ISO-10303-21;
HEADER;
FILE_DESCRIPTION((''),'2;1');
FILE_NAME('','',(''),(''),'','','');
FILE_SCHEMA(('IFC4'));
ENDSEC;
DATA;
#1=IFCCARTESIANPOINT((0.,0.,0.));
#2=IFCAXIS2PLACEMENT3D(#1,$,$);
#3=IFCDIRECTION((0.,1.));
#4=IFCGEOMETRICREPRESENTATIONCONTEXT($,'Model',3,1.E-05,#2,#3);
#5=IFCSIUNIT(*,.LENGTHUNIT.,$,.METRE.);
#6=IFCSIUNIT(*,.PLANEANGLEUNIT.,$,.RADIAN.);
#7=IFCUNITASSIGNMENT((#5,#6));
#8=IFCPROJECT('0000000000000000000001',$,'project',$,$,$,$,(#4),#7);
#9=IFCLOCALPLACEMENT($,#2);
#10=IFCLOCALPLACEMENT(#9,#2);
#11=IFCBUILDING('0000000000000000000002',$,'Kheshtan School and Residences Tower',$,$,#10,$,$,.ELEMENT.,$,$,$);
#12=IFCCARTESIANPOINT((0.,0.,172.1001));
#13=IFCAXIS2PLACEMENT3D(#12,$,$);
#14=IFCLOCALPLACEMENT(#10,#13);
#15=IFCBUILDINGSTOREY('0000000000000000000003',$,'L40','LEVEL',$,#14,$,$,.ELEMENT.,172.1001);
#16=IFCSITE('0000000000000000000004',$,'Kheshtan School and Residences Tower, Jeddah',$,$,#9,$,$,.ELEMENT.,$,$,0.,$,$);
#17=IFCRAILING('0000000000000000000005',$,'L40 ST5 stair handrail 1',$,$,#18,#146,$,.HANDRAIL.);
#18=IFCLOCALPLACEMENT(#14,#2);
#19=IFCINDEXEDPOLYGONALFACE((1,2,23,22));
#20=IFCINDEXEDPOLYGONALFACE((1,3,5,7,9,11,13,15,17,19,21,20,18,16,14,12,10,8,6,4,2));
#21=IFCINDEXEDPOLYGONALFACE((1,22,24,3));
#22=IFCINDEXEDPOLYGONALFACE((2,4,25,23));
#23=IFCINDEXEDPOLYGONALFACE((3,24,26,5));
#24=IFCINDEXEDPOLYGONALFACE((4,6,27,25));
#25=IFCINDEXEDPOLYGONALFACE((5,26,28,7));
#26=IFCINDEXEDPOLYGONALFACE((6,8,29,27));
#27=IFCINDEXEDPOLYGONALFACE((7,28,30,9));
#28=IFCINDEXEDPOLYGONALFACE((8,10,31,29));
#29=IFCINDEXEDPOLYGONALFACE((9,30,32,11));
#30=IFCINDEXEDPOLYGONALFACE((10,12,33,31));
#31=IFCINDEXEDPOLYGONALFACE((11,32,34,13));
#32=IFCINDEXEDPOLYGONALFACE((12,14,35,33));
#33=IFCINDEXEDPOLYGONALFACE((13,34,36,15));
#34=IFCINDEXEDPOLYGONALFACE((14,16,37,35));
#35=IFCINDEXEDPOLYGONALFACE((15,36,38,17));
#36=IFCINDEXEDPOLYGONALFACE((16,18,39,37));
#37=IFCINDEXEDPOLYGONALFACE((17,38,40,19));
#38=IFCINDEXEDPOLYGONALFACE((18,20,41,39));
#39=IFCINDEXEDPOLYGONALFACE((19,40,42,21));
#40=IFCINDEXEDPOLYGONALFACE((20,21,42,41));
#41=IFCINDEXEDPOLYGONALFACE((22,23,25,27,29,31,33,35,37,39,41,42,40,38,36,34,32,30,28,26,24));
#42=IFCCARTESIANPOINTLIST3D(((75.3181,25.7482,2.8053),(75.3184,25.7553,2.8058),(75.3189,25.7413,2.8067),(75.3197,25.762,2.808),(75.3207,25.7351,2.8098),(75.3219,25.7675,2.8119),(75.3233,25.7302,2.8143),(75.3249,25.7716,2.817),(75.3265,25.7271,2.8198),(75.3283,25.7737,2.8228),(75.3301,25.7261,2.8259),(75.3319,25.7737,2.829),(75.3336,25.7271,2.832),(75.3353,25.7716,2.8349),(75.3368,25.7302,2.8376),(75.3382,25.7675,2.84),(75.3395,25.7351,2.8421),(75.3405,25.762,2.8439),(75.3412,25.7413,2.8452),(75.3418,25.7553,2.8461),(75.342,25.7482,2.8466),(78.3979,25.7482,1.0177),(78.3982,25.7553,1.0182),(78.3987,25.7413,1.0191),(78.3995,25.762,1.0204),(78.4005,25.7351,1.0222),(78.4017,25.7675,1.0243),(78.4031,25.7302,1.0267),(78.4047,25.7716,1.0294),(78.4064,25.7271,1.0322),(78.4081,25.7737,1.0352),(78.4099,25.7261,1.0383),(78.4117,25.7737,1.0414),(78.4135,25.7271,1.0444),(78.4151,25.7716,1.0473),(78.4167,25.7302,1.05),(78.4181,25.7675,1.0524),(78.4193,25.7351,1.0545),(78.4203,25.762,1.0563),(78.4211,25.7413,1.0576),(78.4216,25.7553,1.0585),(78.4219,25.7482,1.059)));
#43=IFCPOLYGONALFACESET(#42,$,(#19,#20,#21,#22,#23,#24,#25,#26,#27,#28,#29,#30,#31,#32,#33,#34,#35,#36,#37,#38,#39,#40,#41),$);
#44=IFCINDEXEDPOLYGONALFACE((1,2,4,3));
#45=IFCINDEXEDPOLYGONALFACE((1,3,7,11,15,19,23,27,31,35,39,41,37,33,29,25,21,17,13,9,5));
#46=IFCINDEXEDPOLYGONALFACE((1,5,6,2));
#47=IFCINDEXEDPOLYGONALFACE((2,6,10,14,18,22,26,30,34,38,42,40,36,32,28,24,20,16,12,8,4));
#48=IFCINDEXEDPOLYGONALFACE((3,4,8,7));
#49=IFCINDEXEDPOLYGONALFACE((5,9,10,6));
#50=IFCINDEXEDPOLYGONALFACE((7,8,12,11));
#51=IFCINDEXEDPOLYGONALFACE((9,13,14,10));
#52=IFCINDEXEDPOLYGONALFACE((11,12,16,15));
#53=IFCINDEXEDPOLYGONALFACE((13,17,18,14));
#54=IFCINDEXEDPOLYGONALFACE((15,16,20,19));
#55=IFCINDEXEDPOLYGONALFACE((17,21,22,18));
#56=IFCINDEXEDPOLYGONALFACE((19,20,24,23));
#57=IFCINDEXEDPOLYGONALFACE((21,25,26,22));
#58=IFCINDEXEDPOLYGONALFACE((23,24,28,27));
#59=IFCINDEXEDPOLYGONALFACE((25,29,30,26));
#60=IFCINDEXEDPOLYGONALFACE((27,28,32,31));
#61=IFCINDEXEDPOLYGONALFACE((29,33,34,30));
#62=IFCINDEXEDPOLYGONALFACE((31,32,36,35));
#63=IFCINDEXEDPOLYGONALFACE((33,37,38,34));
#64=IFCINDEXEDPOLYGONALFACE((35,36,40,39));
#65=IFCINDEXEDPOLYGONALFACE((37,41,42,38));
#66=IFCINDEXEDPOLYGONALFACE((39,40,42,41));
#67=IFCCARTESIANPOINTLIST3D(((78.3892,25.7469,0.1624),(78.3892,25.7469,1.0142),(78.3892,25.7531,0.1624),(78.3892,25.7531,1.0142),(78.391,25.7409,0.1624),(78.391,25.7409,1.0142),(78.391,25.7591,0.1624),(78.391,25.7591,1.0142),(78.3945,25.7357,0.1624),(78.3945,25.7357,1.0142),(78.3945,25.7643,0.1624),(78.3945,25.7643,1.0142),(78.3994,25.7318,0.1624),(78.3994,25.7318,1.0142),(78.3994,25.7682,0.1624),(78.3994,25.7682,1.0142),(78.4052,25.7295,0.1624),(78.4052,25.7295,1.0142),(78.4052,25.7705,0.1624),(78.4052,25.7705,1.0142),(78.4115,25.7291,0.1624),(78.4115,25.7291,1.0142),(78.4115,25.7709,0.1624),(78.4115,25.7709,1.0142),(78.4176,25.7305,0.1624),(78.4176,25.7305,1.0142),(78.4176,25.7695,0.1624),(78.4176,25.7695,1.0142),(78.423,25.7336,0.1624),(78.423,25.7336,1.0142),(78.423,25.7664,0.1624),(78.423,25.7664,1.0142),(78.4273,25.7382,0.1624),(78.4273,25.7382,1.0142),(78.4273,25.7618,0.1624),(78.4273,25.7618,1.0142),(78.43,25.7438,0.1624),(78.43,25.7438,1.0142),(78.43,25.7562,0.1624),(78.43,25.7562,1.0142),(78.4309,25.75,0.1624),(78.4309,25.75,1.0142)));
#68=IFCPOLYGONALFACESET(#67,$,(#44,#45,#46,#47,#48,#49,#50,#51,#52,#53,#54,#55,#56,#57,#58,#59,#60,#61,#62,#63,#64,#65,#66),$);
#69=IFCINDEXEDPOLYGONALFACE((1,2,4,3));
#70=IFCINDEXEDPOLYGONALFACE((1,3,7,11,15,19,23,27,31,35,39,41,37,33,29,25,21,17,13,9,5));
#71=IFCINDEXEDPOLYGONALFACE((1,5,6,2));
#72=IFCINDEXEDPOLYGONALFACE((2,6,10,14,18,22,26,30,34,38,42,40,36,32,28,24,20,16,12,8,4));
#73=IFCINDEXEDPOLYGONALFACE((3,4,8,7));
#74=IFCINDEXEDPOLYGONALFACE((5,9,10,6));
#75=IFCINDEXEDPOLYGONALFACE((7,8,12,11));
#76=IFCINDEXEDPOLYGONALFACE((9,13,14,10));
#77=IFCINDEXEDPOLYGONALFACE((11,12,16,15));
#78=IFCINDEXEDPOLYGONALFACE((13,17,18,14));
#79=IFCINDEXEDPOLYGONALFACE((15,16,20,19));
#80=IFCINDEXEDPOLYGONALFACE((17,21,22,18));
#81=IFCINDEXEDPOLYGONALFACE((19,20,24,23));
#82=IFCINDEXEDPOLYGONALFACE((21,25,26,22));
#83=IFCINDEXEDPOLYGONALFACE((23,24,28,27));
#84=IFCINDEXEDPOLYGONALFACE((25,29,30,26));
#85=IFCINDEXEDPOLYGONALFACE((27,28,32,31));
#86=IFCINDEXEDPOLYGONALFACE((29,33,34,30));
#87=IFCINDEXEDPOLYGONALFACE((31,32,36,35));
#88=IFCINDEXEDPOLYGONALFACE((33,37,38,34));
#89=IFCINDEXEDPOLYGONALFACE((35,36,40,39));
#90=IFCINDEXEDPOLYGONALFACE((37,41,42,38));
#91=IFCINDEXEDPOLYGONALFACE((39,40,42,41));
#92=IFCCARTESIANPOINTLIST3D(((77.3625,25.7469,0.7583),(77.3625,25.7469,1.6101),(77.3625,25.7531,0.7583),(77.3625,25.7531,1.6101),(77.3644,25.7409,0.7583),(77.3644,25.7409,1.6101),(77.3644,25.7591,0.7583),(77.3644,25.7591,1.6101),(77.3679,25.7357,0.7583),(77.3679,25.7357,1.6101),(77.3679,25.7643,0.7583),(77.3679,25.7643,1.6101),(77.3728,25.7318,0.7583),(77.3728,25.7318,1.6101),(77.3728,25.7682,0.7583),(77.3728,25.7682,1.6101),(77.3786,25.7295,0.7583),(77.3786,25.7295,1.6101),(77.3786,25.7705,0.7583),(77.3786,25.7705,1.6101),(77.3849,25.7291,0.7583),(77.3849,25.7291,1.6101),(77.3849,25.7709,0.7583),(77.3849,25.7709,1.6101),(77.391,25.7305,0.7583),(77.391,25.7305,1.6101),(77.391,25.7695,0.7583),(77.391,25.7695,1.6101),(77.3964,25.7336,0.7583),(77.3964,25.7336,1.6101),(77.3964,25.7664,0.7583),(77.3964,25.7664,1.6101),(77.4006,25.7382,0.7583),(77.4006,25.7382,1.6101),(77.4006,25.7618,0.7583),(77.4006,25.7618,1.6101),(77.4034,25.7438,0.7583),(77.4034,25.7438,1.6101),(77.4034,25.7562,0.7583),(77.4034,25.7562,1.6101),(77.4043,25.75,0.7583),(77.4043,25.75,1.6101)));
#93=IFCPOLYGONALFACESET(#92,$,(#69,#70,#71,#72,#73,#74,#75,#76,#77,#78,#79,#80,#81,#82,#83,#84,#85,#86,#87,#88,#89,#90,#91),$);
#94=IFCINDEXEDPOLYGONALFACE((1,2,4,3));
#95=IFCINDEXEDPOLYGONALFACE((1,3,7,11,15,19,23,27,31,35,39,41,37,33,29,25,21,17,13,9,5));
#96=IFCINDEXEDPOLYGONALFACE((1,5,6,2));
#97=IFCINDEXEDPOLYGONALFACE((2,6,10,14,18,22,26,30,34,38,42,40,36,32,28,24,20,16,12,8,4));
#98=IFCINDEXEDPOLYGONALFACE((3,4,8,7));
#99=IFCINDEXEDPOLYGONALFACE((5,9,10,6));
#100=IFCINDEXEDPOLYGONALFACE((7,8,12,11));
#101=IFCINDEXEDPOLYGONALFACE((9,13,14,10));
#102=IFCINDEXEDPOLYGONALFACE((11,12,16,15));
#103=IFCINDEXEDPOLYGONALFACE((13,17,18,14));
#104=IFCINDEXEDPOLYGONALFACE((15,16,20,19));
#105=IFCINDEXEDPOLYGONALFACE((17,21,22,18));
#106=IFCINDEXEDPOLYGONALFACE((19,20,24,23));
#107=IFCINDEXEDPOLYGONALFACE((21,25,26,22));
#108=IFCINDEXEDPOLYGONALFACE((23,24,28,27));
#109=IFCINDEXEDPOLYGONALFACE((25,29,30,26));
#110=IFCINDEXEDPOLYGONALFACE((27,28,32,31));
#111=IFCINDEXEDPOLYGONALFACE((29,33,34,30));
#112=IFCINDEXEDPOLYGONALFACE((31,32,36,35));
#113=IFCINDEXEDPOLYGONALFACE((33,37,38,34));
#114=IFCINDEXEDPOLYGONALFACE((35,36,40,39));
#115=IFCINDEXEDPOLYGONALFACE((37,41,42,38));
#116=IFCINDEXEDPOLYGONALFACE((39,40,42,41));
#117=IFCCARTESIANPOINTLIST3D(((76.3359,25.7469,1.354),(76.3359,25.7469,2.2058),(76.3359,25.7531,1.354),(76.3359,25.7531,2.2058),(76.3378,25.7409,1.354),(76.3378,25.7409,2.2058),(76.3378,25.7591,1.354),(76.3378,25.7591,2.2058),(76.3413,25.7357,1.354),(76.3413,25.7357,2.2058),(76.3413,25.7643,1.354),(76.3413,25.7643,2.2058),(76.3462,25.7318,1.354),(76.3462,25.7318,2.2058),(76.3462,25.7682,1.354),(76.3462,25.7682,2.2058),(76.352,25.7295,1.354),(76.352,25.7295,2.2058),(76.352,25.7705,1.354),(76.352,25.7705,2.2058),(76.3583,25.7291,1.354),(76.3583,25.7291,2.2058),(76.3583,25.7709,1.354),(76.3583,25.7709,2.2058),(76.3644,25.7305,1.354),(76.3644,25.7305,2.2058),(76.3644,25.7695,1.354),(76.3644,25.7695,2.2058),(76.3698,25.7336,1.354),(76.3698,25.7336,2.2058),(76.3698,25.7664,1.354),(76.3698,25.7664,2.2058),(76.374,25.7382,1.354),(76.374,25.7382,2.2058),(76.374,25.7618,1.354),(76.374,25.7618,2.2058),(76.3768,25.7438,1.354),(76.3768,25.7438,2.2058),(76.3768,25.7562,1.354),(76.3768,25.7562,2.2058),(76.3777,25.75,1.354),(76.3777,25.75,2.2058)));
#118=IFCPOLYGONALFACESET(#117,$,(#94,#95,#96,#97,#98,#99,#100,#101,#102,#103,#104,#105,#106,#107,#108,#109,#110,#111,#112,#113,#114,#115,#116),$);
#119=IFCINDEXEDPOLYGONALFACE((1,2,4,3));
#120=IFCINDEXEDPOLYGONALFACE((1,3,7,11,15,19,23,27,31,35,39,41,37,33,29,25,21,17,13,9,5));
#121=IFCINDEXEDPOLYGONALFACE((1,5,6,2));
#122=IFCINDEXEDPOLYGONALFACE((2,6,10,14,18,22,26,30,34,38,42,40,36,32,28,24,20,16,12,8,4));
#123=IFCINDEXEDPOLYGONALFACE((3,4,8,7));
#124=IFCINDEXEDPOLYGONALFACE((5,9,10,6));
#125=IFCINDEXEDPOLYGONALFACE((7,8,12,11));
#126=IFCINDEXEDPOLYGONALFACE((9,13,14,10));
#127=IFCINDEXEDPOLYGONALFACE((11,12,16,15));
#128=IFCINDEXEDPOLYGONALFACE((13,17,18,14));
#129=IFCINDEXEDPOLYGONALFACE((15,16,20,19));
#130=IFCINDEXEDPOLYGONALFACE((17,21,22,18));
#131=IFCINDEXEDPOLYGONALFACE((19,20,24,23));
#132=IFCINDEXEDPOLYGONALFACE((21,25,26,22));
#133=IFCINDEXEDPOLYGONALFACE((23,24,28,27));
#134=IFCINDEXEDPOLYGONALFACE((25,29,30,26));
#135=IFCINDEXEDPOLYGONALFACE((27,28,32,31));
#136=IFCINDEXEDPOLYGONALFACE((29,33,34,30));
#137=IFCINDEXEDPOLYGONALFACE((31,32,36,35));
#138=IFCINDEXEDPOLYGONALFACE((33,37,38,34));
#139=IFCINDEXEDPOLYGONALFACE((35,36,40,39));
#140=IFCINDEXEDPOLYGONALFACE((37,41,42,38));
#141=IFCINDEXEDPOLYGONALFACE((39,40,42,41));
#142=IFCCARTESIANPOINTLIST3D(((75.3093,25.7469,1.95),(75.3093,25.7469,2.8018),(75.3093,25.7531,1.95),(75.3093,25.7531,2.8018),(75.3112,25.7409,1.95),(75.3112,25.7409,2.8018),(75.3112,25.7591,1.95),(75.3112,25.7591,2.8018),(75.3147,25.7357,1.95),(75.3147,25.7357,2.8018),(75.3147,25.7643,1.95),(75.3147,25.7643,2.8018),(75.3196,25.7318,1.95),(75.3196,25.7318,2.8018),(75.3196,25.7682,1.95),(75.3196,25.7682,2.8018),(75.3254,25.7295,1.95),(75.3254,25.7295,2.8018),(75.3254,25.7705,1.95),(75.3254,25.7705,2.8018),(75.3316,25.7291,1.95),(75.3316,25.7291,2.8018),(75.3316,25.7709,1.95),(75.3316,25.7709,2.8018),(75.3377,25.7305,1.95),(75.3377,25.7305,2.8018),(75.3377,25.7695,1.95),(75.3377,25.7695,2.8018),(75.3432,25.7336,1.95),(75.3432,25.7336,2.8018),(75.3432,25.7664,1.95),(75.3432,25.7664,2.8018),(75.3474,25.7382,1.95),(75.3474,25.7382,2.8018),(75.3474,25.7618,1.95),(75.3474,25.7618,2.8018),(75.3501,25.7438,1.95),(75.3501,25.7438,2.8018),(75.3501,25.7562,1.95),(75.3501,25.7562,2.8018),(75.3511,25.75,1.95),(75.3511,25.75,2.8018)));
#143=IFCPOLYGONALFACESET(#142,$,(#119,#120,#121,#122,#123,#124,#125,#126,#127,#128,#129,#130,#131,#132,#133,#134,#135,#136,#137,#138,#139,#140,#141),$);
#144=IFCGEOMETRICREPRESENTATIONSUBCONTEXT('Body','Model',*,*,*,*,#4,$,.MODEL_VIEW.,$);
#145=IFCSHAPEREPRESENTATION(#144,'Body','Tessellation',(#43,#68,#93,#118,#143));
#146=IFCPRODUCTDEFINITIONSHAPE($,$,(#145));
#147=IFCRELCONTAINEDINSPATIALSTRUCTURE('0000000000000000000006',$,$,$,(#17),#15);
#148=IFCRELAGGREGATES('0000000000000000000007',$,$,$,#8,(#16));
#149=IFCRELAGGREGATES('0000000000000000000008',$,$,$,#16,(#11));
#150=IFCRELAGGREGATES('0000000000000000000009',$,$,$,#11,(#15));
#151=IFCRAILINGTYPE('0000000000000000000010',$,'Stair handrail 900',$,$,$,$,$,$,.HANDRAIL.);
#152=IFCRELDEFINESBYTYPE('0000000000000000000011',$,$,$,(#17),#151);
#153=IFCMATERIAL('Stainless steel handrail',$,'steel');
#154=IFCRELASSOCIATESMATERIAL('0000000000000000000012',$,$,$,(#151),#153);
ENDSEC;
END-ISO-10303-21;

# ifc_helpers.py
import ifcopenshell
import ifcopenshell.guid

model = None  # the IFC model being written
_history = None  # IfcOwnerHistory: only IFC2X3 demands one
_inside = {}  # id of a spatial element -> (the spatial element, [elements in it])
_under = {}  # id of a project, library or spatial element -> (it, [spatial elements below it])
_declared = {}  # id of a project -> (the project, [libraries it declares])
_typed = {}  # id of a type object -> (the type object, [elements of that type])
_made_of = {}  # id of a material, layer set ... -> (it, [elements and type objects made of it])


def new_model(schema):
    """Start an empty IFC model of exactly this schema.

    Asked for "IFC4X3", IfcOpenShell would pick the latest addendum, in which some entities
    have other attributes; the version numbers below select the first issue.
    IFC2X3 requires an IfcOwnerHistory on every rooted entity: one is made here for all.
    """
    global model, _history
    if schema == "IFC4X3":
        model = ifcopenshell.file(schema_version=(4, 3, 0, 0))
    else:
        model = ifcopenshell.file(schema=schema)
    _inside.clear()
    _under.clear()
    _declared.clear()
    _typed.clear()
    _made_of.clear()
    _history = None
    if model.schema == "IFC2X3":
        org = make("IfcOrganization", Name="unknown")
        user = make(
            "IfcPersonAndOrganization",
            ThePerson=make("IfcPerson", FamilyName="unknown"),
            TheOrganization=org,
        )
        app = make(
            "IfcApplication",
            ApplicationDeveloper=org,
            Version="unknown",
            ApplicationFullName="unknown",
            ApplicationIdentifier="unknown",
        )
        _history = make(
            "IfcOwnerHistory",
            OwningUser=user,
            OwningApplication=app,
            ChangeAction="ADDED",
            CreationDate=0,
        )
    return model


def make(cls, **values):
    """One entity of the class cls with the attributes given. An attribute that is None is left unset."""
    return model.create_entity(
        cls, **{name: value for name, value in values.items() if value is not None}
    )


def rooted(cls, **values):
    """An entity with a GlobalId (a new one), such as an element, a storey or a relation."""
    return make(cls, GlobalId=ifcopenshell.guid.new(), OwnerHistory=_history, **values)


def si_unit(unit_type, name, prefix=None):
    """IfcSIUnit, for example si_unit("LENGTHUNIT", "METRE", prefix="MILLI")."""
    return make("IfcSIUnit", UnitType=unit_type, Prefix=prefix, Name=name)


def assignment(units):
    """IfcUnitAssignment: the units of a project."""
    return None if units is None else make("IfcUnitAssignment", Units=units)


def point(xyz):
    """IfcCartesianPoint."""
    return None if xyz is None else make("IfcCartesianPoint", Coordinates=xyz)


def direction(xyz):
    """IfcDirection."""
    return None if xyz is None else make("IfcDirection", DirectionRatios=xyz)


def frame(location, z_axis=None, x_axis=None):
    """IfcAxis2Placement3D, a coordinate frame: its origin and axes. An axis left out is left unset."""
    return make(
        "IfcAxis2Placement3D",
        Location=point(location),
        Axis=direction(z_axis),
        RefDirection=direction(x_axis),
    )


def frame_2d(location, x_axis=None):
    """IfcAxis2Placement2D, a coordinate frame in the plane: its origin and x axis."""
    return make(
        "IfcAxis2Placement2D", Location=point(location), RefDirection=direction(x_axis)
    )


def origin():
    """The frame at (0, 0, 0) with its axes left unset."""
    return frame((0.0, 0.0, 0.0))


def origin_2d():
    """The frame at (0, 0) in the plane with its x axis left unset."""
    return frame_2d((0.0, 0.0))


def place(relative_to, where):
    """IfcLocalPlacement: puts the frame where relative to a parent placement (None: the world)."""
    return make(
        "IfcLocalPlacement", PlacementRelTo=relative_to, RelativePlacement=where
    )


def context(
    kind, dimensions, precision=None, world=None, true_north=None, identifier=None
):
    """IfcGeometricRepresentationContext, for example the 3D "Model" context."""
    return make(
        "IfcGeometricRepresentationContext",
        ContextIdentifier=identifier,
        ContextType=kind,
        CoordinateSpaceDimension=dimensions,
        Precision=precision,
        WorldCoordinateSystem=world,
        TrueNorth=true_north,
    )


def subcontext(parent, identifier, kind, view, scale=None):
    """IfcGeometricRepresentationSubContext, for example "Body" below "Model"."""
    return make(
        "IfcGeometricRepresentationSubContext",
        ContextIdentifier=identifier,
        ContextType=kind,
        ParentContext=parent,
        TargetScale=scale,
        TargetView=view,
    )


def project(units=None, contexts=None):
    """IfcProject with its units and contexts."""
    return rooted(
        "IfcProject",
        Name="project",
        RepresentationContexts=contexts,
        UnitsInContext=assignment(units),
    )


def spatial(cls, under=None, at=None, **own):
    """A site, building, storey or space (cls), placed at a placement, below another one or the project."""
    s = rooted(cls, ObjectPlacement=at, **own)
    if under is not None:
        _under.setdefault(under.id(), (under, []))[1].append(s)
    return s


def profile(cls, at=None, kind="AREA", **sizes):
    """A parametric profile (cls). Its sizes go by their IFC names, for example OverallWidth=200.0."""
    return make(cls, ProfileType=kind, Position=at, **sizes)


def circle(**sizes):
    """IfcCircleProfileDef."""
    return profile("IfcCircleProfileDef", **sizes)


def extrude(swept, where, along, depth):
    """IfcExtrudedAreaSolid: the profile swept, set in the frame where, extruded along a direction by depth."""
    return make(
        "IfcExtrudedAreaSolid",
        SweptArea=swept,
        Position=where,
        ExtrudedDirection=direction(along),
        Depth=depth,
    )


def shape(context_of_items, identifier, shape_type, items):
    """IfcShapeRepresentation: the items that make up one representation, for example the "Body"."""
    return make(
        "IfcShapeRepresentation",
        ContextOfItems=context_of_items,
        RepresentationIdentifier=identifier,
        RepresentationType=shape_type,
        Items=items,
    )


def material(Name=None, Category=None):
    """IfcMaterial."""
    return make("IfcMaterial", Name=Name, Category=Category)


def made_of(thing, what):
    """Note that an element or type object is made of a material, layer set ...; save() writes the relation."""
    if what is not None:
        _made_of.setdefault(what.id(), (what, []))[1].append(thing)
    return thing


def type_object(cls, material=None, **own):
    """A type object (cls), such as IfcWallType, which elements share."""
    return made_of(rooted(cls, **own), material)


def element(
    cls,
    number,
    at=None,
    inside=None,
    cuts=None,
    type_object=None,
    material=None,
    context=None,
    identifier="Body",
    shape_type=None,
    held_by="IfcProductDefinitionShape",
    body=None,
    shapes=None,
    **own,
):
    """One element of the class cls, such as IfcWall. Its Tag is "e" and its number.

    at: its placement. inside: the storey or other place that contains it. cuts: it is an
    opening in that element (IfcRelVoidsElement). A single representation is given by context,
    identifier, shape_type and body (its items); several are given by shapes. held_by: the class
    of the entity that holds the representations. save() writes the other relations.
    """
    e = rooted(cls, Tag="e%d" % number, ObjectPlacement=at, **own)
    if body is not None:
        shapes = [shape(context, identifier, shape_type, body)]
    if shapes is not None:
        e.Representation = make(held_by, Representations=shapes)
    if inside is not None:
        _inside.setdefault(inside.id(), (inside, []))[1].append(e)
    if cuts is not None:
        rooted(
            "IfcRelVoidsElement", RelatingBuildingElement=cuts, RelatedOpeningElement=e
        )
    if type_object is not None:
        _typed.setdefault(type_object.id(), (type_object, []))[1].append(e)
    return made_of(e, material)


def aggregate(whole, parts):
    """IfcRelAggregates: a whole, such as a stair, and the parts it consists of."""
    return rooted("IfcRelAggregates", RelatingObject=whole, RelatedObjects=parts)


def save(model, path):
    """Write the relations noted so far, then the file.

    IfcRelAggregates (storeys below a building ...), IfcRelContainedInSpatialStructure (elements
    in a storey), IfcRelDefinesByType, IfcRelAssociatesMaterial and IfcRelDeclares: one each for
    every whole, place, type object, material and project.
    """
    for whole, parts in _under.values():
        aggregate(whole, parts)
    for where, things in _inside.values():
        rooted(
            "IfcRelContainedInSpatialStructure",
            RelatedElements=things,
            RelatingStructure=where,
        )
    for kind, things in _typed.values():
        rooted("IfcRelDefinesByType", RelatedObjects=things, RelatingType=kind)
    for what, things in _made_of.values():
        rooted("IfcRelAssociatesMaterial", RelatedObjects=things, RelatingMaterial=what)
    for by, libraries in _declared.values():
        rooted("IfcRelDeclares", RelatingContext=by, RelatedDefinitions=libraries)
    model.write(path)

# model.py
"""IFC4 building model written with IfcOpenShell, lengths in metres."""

from ifc_helpers import new_model, si_unit, direction, frame, origin, origin_2d, place, context, subcontext, project, spatial, circle, extrude, material, type_object, element, save


model = new_model("IFC4")

# Units and contexts
model_context = context("Model", 3, precision=1e-05, world=origin(), true_north=direction((0.0, 1.0)))
body_context = subcontext(model_context, "Body", "Model", "MODEL_VIEW")
ifc_project = project(units=[si_unit("LENGTHUNIT", "METRE"), si_unit("PLANEANGLEUNIT", "RADIAN")], contexts=[model_context])

# Site, building, storey
site_placement = place(None, origin())
site = spatial("IfcSite", under=ifc_project, at=site_placement, Name="Kheshtan School and Residences Tower, Jeddah", CompositionType="ELEMENT", RefElevation=0.0)
building_placement = place(site_placement, origin())
building = spatial("IfcBuilding", under=site, at=building_placement, Name="Kheshtan School and Residences Tower", CompositionType="ELEMENT")
storey_placement = place(building_placement, frame((0.0, 0.0, 172.1001)))
storey = spatial("IfcBuildingStorey", under=building, at=storey_placement, Name="L40", Description="LEVEL", CompositionType="ELEMENT", Elevation=172.1001)

# Railing
ifc_material_1 = material(Name="Stainless steel handrail", Category="steel")
railing_type_1 = type_object("IfcRailingType", Name="Stair handrail 900", PredefinedType="HANDRAIL", material=ifc_material_1)
railing_1_placement = place(storey_placement, frame((78.4099, 25.75, 0.1624)))
element("IfcRailing", 1, at=railing_1_placement, inside=storey, type_object=railing_type_1, Name="L40 ST5 stair handrail 1", PredefinedType="HANDRAIL", context=body_context, shape_type="SweptSolid", body=[
    extrude(circle(Radius=0.0239, at=origin_2d()), frame((0.0, 0.0, 0.876), z_axis=(-0.864873, 0.0, 0.50199), x_axis=(0.0, -1.0, 0.0)), (0.0, 0.0, 1.0), 3.561),
    extrude(circle(Radius=0.021, at=origin_2d()), origin(), (0.0, 0.0, 1.0), 0.8518),
    extrude(circle(Radius=0.021, at=origin_2d()), frame((-1.0266, 0.0, 0.5959)), (0.0, 0.0, 1.0), 0.8518),
    extrude(circle(Radius=0.021, at=origin_2d()), frame((-2.0532, 0.0, 1.1917)), (0.0, 0.0, 1.0), 0.8518),
    extrude(circle(Radius=0.021, at=origin_2d()), frame((-3.0798, 0.0, 1.7876)), (0.0, 0.0, 1.0), 0.8518),
])

save(model, "model.ifc")
